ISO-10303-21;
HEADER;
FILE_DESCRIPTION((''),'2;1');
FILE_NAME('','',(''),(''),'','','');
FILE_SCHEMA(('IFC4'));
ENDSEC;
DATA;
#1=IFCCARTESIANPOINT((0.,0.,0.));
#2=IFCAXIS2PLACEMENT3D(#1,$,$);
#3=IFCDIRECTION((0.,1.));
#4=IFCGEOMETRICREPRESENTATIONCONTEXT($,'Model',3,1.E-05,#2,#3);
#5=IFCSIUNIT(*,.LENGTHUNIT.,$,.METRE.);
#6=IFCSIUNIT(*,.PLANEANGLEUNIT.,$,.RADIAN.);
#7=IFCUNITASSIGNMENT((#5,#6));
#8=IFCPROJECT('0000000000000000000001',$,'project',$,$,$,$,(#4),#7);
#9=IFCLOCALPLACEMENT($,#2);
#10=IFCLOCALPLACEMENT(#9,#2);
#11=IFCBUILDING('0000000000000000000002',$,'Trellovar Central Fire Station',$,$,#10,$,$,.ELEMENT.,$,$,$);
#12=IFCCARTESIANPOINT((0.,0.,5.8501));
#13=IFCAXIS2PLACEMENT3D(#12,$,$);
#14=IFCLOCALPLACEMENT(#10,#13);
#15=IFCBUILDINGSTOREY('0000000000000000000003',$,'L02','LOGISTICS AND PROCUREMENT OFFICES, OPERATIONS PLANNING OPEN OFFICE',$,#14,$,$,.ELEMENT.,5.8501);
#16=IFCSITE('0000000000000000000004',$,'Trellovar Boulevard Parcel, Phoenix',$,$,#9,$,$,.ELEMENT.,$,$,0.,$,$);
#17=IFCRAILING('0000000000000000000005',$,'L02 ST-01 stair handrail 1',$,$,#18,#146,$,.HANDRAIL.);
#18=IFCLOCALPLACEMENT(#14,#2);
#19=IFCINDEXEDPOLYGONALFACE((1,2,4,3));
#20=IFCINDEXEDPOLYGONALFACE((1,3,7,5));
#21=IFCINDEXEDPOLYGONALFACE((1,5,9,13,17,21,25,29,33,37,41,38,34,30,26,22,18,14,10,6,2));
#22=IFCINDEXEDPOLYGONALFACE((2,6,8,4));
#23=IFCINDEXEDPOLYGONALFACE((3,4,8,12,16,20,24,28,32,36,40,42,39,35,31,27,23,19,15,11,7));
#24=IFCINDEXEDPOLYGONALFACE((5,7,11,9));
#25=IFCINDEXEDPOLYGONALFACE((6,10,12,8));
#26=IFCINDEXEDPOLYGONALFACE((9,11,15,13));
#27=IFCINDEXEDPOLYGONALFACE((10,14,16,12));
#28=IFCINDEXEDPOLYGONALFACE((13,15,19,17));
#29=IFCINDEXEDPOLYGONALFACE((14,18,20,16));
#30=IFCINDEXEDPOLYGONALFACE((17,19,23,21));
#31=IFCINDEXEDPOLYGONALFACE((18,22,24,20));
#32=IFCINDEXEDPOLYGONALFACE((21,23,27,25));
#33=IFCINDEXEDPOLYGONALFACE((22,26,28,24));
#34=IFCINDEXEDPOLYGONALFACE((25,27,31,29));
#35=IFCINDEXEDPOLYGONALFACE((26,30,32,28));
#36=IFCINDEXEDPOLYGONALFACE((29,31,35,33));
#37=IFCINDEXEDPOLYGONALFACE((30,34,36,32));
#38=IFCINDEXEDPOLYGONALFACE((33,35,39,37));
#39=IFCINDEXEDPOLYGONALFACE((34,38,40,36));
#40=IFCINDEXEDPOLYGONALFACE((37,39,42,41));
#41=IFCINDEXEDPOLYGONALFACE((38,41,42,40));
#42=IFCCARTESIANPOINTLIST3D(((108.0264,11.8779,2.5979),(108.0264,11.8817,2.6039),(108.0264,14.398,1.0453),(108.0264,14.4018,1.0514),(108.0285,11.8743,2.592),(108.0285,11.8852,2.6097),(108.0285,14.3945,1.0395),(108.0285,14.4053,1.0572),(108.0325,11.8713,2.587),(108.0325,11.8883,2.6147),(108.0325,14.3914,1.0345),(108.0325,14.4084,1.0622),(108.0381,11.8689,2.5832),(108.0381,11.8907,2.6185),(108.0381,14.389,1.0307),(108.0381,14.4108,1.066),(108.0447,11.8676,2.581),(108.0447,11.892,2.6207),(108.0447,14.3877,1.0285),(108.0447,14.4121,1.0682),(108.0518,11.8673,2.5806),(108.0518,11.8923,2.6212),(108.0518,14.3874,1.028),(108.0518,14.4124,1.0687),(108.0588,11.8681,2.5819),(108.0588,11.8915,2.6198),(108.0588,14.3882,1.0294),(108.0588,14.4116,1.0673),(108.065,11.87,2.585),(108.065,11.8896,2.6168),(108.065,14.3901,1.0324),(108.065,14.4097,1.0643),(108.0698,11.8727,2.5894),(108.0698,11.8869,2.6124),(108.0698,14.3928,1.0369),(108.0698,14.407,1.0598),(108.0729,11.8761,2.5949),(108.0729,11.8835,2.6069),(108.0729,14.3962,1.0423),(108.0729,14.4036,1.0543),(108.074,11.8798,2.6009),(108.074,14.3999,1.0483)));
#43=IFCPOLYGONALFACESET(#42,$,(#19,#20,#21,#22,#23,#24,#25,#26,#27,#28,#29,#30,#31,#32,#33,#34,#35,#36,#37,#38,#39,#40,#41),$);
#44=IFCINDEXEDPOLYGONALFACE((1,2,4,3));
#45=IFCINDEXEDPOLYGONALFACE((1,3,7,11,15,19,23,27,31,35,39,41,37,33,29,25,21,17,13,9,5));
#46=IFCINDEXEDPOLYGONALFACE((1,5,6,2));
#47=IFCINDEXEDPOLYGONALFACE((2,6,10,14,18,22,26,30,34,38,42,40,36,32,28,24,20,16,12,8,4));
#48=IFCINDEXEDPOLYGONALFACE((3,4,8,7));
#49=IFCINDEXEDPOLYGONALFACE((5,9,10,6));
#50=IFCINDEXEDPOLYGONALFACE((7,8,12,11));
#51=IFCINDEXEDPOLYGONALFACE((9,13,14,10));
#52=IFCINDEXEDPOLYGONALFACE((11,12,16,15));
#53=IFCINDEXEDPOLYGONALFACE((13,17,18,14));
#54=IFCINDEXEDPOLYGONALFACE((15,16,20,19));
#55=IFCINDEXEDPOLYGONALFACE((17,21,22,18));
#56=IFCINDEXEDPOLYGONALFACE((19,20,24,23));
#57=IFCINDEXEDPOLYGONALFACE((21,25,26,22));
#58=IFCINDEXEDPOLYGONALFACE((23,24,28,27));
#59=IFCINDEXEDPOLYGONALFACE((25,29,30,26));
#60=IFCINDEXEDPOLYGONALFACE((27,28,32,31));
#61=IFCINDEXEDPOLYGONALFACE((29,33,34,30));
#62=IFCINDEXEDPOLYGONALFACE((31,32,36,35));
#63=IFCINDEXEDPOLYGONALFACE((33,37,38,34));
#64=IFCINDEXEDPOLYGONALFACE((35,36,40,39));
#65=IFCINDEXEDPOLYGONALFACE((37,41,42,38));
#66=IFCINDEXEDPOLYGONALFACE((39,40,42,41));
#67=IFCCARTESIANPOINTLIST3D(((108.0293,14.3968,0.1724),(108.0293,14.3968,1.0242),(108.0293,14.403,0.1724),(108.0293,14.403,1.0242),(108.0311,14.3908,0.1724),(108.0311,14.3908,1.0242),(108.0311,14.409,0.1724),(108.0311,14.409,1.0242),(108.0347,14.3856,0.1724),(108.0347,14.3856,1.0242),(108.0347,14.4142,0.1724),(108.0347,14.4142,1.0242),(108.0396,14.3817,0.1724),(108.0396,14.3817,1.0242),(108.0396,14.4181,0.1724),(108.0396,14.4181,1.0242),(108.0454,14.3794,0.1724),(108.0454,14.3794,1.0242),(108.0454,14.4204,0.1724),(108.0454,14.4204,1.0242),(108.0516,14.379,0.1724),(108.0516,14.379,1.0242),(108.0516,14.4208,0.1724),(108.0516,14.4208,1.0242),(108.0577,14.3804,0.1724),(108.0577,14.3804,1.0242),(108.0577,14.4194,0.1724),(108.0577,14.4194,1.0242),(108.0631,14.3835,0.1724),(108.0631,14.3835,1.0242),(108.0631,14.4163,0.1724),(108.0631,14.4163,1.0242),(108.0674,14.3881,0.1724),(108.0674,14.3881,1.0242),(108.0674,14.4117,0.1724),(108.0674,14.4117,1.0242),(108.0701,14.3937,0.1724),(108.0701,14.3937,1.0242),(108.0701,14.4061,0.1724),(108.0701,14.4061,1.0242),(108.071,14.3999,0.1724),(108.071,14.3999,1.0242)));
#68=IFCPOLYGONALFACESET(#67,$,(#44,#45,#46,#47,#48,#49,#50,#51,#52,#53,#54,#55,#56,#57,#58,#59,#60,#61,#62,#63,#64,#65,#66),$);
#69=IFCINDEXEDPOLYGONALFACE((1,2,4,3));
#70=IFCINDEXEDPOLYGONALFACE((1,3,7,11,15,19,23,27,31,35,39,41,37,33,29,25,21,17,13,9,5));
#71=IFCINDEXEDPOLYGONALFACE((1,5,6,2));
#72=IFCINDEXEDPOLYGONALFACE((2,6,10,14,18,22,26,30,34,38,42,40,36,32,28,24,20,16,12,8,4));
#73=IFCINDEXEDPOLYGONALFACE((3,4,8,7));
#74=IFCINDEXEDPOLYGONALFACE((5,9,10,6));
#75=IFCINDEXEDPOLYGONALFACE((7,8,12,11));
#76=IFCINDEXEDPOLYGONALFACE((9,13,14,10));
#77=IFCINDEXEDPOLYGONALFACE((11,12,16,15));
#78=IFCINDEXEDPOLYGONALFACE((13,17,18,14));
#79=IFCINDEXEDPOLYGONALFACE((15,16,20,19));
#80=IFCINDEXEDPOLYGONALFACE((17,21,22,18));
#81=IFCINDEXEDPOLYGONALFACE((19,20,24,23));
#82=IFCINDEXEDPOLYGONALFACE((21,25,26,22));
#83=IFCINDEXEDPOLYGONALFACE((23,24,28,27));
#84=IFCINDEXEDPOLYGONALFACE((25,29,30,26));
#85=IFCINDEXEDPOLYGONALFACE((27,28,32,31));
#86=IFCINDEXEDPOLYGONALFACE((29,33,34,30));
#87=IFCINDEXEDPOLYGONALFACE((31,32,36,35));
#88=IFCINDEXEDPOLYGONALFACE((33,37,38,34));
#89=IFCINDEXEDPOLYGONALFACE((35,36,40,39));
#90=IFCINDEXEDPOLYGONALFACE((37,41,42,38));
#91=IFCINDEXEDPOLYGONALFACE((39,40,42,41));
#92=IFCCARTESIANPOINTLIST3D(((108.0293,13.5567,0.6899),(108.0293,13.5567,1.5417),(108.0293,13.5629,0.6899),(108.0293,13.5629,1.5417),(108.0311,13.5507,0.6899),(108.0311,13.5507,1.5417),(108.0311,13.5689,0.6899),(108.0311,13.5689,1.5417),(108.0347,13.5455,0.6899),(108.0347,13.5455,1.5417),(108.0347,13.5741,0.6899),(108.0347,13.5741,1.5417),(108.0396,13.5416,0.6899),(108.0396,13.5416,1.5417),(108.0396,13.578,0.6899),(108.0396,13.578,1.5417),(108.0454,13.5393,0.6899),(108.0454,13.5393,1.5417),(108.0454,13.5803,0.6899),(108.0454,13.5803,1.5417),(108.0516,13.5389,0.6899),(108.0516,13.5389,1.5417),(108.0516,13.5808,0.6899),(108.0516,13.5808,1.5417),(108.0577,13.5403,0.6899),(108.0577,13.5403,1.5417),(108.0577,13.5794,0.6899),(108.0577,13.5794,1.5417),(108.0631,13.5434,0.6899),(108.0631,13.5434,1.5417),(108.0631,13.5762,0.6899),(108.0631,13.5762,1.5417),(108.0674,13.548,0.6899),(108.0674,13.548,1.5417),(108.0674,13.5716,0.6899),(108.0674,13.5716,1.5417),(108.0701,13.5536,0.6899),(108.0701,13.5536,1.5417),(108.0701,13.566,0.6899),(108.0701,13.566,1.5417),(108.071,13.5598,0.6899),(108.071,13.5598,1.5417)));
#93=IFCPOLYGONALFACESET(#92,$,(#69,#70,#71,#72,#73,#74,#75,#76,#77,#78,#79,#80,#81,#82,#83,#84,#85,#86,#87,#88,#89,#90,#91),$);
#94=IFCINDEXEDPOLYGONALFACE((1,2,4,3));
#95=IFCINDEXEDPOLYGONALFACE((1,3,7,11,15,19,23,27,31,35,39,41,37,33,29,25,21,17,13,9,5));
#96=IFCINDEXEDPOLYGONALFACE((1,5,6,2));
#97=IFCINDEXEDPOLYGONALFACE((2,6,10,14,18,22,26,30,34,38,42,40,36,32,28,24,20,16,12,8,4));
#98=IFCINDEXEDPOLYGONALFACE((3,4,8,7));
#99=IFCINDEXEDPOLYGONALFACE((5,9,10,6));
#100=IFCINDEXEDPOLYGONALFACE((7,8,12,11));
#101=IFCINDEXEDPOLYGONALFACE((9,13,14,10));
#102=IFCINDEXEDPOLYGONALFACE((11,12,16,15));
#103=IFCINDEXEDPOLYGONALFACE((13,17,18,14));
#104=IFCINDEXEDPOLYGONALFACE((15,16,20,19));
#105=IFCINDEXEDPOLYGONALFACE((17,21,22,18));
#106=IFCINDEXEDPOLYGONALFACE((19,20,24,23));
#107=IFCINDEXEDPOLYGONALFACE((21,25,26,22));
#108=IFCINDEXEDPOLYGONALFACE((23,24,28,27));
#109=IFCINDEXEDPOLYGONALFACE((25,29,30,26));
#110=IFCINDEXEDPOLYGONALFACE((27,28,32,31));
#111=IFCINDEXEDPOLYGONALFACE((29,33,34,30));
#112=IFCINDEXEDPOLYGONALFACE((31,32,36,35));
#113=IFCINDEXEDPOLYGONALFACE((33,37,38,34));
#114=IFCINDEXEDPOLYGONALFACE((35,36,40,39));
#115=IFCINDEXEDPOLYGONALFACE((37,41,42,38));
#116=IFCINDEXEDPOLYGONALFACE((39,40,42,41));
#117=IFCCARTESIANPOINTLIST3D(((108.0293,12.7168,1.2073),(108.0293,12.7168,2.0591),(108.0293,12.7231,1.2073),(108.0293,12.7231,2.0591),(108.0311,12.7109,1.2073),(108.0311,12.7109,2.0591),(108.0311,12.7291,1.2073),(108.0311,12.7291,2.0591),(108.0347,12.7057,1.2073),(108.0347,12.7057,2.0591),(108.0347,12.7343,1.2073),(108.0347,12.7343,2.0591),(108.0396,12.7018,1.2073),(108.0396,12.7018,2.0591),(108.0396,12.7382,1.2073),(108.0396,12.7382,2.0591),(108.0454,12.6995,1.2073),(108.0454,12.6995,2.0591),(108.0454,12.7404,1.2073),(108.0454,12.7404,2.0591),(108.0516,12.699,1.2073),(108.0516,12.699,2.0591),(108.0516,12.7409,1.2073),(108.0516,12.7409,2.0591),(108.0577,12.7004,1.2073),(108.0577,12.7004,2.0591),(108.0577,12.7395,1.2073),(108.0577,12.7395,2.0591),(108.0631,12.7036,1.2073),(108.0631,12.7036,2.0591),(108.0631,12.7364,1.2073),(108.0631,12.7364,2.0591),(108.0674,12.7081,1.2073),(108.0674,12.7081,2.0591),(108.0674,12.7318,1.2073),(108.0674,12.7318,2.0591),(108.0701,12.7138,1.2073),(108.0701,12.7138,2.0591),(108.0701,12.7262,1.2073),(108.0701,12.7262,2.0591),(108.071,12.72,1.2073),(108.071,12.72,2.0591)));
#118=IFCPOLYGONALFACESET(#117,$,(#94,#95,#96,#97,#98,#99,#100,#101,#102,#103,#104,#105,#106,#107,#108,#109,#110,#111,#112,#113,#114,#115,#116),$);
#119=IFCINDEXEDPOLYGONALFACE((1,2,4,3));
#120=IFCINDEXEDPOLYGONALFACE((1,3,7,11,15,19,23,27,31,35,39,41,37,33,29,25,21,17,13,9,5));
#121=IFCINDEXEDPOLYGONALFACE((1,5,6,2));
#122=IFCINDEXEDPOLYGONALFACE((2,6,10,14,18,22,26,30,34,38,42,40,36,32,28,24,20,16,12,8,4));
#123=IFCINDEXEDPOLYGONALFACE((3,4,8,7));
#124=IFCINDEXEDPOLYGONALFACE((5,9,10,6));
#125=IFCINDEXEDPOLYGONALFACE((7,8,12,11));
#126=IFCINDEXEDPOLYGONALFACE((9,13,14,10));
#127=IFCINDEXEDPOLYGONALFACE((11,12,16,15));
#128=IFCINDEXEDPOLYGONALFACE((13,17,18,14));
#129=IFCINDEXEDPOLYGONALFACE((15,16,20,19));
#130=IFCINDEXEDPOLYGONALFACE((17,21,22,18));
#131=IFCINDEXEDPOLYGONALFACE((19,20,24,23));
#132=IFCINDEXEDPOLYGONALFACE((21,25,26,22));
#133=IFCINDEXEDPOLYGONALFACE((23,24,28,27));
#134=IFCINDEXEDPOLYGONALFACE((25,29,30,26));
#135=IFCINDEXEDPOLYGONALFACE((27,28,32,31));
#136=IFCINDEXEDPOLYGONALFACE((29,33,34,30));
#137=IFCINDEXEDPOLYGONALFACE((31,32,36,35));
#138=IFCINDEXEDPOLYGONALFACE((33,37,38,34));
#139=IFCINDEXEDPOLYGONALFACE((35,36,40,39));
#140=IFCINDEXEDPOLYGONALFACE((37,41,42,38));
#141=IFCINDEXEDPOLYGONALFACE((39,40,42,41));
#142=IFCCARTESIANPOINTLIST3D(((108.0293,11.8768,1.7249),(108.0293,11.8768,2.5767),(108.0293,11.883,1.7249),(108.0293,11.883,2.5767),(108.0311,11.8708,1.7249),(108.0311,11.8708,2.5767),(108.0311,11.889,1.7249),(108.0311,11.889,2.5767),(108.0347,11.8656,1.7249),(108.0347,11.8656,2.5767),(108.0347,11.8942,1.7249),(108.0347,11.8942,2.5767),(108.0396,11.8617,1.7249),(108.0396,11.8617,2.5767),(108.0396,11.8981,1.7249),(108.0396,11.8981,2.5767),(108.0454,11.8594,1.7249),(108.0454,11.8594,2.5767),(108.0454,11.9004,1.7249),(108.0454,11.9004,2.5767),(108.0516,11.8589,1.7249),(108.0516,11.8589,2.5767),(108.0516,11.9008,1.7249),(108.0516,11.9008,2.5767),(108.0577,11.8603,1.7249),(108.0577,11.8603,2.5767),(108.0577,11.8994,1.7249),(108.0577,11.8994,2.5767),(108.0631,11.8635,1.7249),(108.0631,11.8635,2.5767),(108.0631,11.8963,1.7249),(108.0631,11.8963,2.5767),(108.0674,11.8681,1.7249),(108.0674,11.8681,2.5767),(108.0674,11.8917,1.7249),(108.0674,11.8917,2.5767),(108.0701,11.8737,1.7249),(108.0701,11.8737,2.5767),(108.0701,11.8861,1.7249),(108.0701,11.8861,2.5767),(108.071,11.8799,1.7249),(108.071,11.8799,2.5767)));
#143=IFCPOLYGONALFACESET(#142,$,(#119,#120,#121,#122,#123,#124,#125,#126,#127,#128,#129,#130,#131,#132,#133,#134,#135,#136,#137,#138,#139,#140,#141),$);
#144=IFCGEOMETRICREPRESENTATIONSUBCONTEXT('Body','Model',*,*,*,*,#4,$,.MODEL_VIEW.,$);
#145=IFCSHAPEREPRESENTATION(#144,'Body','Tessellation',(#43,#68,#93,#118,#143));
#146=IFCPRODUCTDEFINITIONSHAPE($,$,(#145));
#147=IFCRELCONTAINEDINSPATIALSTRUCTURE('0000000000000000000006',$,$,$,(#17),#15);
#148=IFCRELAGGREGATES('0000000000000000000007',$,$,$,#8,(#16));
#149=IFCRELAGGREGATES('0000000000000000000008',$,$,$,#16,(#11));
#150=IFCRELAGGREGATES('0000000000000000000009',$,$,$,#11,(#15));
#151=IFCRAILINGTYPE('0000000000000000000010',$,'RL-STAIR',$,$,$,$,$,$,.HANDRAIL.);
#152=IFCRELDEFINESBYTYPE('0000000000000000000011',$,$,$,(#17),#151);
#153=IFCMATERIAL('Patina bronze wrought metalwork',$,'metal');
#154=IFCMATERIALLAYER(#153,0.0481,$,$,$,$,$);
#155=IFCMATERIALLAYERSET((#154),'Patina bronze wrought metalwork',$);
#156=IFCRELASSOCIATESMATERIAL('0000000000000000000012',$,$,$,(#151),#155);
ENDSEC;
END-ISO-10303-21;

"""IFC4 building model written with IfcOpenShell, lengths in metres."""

from ifc_helpers import new_model, si_unit, direction, frame, origin, origin_2d, place, context, subcontext, project, spatial, circle, extrude, material, layer, layer_set, type_object, element, save


model = new_model("IFC4")

# Units and contexts
model_context = context("Model", 3, precision=1e-05, world=origin(), true_north=direction((0.0, 1.0)))
body_context = subcontext(model_context, "Body", "Model", "MODEL_VIEW")
ifc_project = project(units=[si_unit("LENGTHUNIT", "METRE"), si_unit("PLANEANGLEUNIT", "RADIAN")], contexts=[model_context])

# Site, building, storey
site_placement = place(None, origin())
site = spatial("IfcSite", under=ifc_project, at=site_placement, Name="Trellovar Boulevard Parcel, Phoenix", CompositionType="ELEMENT", RefElevation=0.0)
building_placement = place(site_placement, origin())
building = spatial("IfcBuilding", under=site, at=building_placement, Name="Trellovar Central Fire Station", CompositionType="ELEMENT")
storey_placement = place(building_placement, frame((0.0, 0.0, 5.8501)))
storey = spatial("IfcBuildingStorey", under=building, at=storey_placement, Name="L02", Description="LOGISTICS AND PROCUREMENT OFFICES, OPERATIONS PLANNING OPEN OFFICE", CompositionType="ELEMENT", Elevation=5.8501)

# Railing
ifc_material_1 = material(Name="Patina bronze wrought metalwork", Category="metal")
ifc_layer_1 = layer(ifc_material_1, 0.0481)
ifc_layer_set_1 = layer_set([ifc_layer_1], Name="Patina bronze wrought metalwork")
railing_type_1 = type_object("IfcRailingType", Name="RL-STAIR", PredefinedType="HANDRAIL", material=ifc_layer_set_1)
railing_1_placement = place(storey_placement, frame((108.05, 14.3999, 0.1724)))
element("IfcRailing", 1, at=railing_1_placement, inside=storey, type_object=railing_type_1, Name="L02 ST-01 stair handrail 1", PredefinedType="HANDRAIL", context=body_context, shape_type="SweptSolid", body=[
    extrude(circle(Radius=0.0239, at=origin_2d()), frame((0.0, 0.0, 0.876), z_axis=(0.0, -0.8514, 0.524516), x_axis=(1.0, 0.0, 0.0)), (0.0, 0.0, 1.0), 2.96),
    extrude(circle(Radius=0.021, at=origin_2d()), origin(), (0.0, 0.0, 1.0), 0.8518),
    extrude(circle(Radius=0.021, at=origin_2d()), frame((0.0, -0.8401, 0.5176)), (0.0, 0.0, 1.0), 0.8518),
    extrude(circle(Radius=0.021, at=origin_2d()), frame((0.0, -1.6799, 1.0349)), (0.0, 0.0, 1.0), 0.8518),
    extrude(circle(Radius=0.021, at=origin_2d()), frame((0.0, -2.52, 1.5525)), (0.0, 0.0, 1.0), 0.8518),
])

save(model, "model.ifc")
